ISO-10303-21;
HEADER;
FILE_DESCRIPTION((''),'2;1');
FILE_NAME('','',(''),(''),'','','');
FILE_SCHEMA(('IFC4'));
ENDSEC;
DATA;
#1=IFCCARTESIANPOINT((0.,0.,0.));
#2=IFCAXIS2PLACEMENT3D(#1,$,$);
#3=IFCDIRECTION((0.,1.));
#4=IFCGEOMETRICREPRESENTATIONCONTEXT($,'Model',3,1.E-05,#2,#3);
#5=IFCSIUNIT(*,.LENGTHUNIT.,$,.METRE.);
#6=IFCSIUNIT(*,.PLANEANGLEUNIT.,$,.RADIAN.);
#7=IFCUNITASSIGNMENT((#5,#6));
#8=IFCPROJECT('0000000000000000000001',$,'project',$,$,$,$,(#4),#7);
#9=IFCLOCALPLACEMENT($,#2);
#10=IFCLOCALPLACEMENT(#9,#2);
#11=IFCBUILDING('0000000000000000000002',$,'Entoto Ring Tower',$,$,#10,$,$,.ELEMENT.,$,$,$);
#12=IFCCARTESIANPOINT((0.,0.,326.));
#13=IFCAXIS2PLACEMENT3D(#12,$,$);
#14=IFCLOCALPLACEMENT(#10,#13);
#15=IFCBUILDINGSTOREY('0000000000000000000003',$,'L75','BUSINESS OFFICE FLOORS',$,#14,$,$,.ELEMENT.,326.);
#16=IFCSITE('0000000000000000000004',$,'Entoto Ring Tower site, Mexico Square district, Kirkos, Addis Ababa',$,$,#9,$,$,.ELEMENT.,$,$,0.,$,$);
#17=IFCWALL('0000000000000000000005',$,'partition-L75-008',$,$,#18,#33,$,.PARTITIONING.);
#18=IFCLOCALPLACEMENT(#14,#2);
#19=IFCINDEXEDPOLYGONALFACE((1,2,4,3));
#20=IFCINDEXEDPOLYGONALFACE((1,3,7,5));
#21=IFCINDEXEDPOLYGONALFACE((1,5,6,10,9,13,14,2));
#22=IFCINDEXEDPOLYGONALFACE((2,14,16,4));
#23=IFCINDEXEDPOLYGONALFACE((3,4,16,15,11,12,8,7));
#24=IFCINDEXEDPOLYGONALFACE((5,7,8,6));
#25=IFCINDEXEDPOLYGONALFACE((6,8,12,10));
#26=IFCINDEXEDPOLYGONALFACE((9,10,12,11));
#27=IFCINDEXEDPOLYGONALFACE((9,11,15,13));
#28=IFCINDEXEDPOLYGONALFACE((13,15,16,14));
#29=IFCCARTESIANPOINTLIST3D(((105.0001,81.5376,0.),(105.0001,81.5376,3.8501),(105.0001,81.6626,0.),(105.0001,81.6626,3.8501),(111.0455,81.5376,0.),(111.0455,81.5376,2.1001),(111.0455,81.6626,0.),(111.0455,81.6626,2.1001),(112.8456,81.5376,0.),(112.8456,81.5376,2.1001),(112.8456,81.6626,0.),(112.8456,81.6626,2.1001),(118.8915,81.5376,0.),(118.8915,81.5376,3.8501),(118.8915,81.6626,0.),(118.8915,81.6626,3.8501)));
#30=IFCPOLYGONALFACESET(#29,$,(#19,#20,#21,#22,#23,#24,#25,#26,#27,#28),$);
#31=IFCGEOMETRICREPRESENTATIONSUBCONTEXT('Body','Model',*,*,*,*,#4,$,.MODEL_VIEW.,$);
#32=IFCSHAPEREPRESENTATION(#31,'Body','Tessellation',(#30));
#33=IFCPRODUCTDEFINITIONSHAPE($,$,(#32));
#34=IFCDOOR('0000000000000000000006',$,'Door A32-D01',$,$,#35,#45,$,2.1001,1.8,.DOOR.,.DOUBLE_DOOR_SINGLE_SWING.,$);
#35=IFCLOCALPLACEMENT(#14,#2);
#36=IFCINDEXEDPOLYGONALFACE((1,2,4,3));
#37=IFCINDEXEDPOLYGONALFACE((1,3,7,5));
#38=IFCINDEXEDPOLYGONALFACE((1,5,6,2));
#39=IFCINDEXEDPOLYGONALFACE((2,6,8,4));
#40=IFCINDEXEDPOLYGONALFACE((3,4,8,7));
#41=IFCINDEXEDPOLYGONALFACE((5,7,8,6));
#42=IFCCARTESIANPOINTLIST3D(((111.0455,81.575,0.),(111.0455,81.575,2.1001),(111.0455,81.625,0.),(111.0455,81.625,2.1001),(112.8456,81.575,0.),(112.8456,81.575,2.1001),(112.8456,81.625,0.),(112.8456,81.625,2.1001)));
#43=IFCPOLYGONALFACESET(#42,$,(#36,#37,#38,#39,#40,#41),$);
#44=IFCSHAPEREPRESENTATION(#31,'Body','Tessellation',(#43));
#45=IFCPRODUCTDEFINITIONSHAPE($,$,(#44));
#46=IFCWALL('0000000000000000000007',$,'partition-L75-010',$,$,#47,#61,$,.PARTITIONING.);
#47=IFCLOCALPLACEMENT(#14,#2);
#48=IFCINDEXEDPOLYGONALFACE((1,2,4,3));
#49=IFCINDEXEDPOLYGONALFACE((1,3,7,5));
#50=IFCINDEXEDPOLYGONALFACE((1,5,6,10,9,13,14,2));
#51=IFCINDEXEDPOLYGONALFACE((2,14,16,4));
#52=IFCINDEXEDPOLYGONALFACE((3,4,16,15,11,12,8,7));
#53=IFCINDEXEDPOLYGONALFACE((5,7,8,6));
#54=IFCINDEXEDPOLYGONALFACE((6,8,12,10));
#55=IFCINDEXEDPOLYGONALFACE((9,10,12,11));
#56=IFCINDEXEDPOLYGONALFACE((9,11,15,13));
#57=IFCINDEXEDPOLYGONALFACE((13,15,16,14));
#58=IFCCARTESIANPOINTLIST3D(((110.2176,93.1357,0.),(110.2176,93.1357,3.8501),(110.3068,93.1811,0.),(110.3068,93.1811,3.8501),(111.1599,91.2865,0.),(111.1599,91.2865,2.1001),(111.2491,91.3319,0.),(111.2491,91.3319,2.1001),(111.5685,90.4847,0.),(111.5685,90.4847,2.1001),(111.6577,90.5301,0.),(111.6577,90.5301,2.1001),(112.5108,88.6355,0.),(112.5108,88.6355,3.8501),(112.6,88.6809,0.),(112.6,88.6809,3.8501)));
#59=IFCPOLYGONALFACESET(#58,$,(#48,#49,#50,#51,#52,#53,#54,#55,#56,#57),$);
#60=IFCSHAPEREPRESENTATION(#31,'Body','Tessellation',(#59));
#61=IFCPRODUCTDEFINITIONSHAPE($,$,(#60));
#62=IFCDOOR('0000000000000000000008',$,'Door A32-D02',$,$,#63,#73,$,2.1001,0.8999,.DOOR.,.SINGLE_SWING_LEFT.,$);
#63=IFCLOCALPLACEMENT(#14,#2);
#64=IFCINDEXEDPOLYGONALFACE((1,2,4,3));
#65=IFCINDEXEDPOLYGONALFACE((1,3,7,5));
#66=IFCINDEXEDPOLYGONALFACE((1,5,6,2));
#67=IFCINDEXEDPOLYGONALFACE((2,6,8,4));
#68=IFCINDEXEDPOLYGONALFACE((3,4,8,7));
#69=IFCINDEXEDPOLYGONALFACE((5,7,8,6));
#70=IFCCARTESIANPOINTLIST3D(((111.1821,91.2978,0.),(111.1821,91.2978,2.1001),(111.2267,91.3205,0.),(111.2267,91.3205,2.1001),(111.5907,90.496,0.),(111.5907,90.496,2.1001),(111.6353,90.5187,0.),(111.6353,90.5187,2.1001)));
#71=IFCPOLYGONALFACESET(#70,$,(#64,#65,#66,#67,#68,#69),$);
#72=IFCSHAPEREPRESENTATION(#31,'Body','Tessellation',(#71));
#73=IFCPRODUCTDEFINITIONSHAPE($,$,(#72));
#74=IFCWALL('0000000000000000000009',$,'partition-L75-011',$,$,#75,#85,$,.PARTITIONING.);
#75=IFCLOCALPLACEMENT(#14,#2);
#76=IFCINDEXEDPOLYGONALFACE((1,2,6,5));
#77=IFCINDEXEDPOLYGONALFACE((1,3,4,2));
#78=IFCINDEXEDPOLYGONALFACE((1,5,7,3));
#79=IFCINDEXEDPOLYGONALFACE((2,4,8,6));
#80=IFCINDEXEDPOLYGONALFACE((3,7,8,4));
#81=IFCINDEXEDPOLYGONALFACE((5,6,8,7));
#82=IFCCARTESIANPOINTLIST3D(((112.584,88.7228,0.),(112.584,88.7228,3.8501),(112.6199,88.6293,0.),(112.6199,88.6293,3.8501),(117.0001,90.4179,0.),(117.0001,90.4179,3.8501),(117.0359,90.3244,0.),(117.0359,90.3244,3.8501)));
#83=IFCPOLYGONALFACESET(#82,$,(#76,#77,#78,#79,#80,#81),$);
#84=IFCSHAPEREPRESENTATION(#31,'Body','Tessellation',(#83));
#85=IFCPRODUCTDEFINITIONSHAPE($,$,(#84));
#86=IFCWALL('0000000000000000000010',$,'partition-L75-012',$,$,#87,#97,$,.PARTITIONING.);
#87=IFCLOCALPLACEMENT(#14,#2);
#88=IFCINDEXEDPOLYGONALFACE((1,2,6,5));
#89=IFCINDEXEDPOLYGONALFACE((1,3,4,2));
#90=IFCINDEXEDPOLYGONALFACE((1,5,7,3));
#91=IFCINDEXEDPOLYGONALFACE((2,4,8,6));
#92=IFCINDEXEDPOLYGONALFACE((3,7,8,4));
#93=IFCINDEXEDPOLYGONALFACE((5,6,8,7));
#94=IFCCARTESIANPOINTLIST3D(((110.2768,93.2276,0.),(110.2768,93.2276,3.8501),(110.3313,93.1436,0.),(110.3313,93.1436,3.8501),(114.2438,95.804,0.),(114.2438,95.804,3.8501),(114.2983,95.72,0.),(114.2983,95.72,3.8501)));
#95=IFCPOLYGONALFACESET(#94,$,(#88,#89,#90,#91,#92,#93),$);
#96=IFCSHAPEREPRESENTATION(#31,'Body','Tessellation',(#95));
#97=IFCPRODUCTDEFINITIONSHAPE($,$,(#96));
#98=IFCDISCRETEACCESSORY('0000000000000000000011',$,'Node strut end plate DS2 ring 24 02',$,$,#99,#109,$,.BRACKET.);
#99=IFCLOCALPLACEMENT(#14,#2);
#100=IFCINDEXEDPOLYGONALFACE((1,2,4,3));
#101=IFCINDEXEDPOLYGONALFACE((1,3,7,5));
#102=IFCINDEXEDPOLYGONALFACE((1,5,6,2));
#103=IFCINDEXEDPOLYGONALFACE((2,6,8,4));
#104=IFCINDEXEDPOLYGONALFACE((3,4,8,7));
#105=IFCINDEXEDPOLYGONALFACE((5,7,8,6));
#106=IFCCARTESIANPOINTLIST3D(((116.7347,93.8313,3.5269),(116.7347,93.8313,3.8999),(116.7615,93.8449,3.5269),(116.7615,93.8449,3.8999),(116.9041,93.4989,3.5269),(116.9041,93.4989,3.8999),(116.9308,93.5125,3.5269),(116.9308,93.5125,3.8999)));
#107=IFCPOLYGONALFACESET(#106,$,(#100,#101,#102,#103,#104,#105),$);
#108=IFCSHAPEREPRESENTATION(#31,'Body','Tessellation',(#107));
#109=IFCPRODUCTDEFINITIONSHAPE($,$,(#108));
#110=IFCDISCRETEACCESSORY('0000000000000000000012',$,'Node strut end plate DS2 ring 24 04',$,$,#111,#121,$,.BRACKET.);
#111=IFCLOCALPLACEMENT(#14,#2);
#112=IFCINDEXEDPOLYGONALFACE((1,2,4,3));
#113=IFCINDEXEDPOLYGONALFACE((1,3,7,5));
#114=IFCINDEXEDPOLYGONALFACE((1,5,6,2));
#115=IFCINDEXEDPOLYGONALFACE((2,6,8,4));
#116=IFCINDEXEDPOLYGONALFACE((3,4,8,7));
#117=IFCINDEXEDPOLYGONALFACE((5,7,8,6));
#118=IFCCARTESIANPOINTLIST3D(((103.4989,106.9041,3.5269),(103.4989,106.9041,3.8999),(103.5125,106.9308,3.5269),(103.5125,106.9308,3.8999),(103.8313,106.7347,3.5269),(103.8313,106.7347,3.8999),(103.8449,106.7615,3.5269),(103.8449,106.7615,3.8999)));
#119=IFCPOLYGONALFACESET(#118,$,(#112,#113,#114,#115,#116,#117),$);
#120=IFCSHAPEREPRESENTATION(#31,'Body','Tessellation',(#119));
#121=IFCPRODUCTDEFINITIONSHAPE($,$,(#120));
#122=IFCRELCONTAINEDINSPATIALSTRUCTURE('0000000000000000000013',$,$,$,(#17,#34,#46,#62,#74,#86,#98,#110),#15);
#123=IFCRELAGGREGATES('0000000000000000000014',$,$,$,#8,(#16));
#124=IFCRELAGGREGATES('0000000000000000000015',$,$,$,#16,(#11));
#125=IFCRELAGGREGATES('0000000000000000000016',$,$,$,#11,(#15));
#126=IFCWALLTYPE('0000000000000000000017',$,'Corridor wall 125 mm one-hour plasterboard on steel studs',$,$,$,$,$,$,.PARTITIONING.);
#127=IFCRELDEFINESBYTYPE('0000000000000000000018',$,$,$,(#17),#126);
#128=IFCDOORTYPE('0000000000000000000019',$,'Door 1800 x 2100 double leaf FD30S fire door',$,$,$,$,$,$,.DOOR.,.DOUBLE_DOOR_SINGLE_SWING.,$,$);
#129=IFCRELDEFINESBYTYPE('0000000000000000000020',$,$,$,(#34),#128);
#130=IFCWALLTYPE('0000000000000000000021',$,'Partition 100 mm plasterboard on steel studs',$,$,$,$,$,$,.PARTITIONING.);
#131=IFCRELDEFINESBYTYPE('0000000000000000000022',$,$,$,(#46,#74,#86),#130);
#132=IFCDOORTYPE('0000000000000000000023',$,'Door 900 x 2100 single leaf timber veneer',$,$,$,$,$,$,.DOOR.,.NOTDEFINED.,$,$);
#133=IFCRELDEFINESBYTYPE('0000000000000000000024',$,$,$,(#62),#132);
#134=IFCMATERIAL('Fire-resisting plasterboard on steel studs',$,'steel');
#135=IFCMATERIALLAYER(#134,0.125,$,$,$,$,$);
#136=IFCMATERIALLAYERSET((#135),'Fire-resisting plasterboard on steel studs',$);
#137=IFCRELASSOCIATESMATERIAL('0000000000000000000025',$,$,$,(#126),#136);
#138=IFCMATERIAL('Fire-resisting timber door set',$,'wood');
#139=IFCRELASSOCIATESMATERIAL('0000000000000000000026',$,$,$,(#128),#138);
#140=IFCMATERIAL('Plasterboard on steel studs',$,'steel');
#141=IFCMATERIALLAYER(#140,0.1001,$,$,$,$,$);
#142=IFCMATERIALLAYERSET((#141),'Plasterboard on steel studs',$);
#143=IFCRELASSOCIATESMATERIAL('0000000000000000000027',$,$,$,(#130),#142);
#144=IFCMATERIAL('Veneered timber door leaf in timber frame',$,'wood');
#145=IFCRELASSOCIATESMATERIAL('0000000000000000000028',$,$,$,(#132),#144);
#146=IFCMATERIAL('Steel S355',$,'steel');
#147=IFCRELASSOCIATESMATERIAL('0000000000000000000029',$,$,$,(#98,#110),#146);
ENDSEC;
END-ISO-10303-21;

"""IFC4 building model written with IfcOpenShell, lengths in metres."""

from ifc_helpers import new_model, si_unit, direction, frame, frame_2d, origin, origin_2d, place, context, subcontext, project, spatial, rectangle, extrude, material, layer, layer_set, type_object, element, fill, save


model = new_model("IFC4")

# Units and contexts
model_context = context("Model", 3, precision=1e-05, world=origin(), true_north=direction((0.0, 1.0)))
body_context = subcontext(model_context, "Body", "Model", "MODEL_VIEW")
ifc_project = project(units=[si_unit("LENGTHUNIT", "METRE"), si_unit("PLANEANGLEUNIT", "RADIAN")], contexts=[model_context])

# Site, building, storey
site_placement = place(None, origin())
site = spatial("IfcSite", under=ifc_project, at=site_placement, Name="Entoto Ring Tower site, Mexico Square district, Kirkos, Addis Ababa", CompositionType="ELEMENT", RefElevation=0.0)
building_placement = place(site_placement, origin())
building = spatial("IfcBuilding", under=site, at=building_placement, Name="Entoto Ring Tower", CompositionType="ELEMENT")
storey_placement = place(building_placement, frame((0.0, 0.0, 326.0)))
storey = spatial("IfcBuildingStorey", under=building, at=storey_placement, Name="L75", Description="BUSINESS OFFICE FLOORS", CompositionType="ELEMENT", Elevation=326.0)

# Walls, openings, doors
ifc_material_1 = material(Name="Fire-resisting plasterboard on steel studs", Category="steel")
ifc_layer_1 = layer(ifc_material_1, 0.125)
ifc_layer_set_1 = layer_set([ifc_layer_1], Name="Fire-resisting plasterboard on steel studs")
wall_type_1 = type_object("IfcWallType", Name="Corridor wall 125 mm one-hour plasterboard on steel studs", PredefinedType="PARTITIONING", material=ifc_layer_set_1)
wall_1_placement = place(storey_placement, frame((105.0, 81.6001, 0.0), z_axis=(0.0, 0.0, 1.0), x_axis=(1.0, 0.0, 0.0)))
wall_1 = element("IfcWall", 1, at=wall_1_placement, inside=storey, type_object=wall_type_1, Name="partition-L75-008", PredefinedType="PARTITIONING", context=body_context, shape_type="SweptSolid", body=[
    extrude(rectangle(XDim=13.8914, YDim=0.125, at=frame_2d((6.9458, 0.0))), origin(), (0.0, 0.0, 1.0), 3.8501),
])
opening_1_placement = place(wall_1_placement, frame((6.0457, 0.0, 0.0)))
opening_1 = element("IfcOpeningElement", 2, at=opening_1_placement, cuts=wall_1, PredefinedType="OPENING", context=body_context, shape_type="SweptSolid", body=[
    extrude(rectangle(XDim=1.8, YDim=2.1001, at=frame_2d((0.8999, 1.05))), frame((0.0, 0.0725, 0.0), z_axis=(0.0, -1.0, 0.0), x_axis=(1.0, 0.0, 0.0)), (0.0, 0.0, 1.0), 0.145),
])
ifc_material_2 = material(Name="Fire-resisting timber door set", Category="wood")
door_type_1 = type_object("IfcDoorType", Name="Door 1800 x 2100 double leaf FD30S fire door", OperationType="DOUBLE_DOOR_SINGLE_SWING", PredefinedType="DOOR", material=ifc_material_2)
door_1_placement = place(opening_1_placement, origin())
door_1 = element("IfcDoor", 3, at=door_1_placement, inside=storey, type_object=door_type_1, Name="Door A32-D01", OperationType="DOUBLE_DOOR_SINGLE_SWING", OverallHeight=2.1001, OverallWidth=1.8, PredefinedType="DOOR", context=body_context, shape_type="SweptSolid", body=[
    extrude(rectangle(XDim=1.8, YDim=2.1001, at=frame_2d((0.8999, 1.05))), frame((0.0, 0.0249, 0.0), z_axis=(0.0, -1.0, 0.0), x_axis=(1.0, 0.0, 0.0)), (0.0, 0.0, 1.0), 0.05),
])
fill(opening_1, door_1)
ifc_material_3 = material(Name="Plasterboard on steel studs", Category="steel")
ifc_layer_2 = layer(ifc_material_3, 0.1001)
ifc_layer_set_2 = layer_set([ifc_layer_2], Name="Plasterboard on steel studs")
wall_type_2 = type_object("IfcWallType", Name="Partition 100 mm plasterboard on steel studs", PredefinedType="PARTITIONING", material=ifc_layer_set_2)
wall_2_placement = place(storey_placement, frame((112.5554, 88.6582, 0.0), z_axis=(0.0, 0.0, 1.0), x_axis=(-0.454026, 0.890989, 0.0)))
wall_2 = element("IfcWall", 4, at=wall_2_placement, inside=storey, type_object=wall_type_2, Name="partition-L75-010", PredefinedType="PARTITIONING", context=body_context, shape_type="SweptSolid", body=[
    extrude(rectangle(XDim=5.0508, YDim=0.1001, at=frame_2d((2.5254, 0.0))), origin(), (0.0, 0.0, 1.0), 3.8501),
])
opening_2_placement = place(wall_2_placement, frame((2.0754, 0.0, 0.0)))
opening_2 = element("IfcOpeningElement", 5, at=opening_2_placement, cuts=wall_2, PredefinedType="OPENING", context=body_context, shape_type="SweptSolid", body=[
    extrude(rectangle(XDim=0.8999, YDim=2.1001, at=frame_2d((0.45, 1.05))), frame((0.0, 0.0601, 0.0), z_axis=(0.0, -1.0, 0.0), x_axis=(1.0, 0.0, 0.0)), (0.0, 0.0, 1.0), 0.1201),
])
ifc_material_4 = material(Name="Veneered timber door leaf in timber frame", Category="wood")
door_type_2 = type_object("IfcDoorType", Name="Door 900 x 2100 single leaf timber veneer", OperationType="NOTDEFINED", PredefinedType="DOOR", material=ifc_material_4)
door_2_placement = place(opening_2_placement, frame((0.8999, 0.0, 0.0), z_axis=(0.0, 0.0, 1.0), x_axis=(-1.0, 0.0, 0.0)))
door_2 = element("IfcDoor", 6, at=door_2_placement, inside=storey, type_object=door_type_2, Name="Door A32-D02", OperationType="SINGLE_SWING_LEFT", OverallHeight=2.1001, OverallWidth=0.8999, PredefinedType="DOOR", context=body_context, shape_type="SweptSolid", body=[
    extrude(rectangle(XDim=0.8999, YDim=2.1001, at=frame_2d((0.45, 1.05))), frame((0.0, 0.0249, 0.0), z_axis=(0.0, -1.0, 0.0), x_axis=(1.0, 0.0, 0.0)), (0.0, 0.0, 1.0), 0.05),
])
fill(opening_2, door_2)

# Walls
for number, where, z_axis, x_axis, name in (
    (7, (112.6018, 88.676, 0.0), (0.0, 0.0, 1.0), (0.933586, 0.358353, 0.0), "partition-L75-011"),
    (8, (110.304, 93.1855, 0.0), (0.0, 0.0, 1.0), (0.838652, 0.544667, 0.0), "partition-L75-012"),
):
    element("IfcWall", number, at=place(storey_placement, frame(where, z_axis=z_axis, x_axis=x_axis)), inside=storey, type_object=wall_type_2, Name=name, PredefinedType="PARTITIONING", context=body_context, shape_type="SweptSolid", body=[
        extrude(rectangle(XDim=4.7302, YDim=0.1001, at=frame_2d((2.3652, 0.0))), origin(), (0.0, 0.0, 1.0), 3.8501),
    ])

# Discrete accessories
ifc_material_5 = material(Name="Steel S355", Category="steel")
for number, where, z_axis, x_axis, name in (
    (9, (116.8328, 93.6719, 3.5269), (0.0, 0.0, 1.0), (0.891007, 0.45399, 0.0), "Node strut end plate DS2 ring 24 02"),
    (10, (103.6719, 106.8328, 3.5269), (0.0, 0.0, 1.0), (0.45399, 0.891007, 0.0), "Node strut end plate DS2 ring 24 04"),
):
    element("IfcDiscreteAccessory", number, at=place(storey_placement, frame(where, z_axis=z_axis, x_axis=x_axis)), inside=storey, material=ifc_material_5, Name=name, PredefinedType="BRACKET", context=body_context, shape_type="SweptSolid", body=[
        extrude(rectangle(XDim=0.03, YDim=0.373, at=origin_2d()), origin(), (0.0, 0.0, 1.0), 0.373),
    ])

save(model, "model.ifc")
